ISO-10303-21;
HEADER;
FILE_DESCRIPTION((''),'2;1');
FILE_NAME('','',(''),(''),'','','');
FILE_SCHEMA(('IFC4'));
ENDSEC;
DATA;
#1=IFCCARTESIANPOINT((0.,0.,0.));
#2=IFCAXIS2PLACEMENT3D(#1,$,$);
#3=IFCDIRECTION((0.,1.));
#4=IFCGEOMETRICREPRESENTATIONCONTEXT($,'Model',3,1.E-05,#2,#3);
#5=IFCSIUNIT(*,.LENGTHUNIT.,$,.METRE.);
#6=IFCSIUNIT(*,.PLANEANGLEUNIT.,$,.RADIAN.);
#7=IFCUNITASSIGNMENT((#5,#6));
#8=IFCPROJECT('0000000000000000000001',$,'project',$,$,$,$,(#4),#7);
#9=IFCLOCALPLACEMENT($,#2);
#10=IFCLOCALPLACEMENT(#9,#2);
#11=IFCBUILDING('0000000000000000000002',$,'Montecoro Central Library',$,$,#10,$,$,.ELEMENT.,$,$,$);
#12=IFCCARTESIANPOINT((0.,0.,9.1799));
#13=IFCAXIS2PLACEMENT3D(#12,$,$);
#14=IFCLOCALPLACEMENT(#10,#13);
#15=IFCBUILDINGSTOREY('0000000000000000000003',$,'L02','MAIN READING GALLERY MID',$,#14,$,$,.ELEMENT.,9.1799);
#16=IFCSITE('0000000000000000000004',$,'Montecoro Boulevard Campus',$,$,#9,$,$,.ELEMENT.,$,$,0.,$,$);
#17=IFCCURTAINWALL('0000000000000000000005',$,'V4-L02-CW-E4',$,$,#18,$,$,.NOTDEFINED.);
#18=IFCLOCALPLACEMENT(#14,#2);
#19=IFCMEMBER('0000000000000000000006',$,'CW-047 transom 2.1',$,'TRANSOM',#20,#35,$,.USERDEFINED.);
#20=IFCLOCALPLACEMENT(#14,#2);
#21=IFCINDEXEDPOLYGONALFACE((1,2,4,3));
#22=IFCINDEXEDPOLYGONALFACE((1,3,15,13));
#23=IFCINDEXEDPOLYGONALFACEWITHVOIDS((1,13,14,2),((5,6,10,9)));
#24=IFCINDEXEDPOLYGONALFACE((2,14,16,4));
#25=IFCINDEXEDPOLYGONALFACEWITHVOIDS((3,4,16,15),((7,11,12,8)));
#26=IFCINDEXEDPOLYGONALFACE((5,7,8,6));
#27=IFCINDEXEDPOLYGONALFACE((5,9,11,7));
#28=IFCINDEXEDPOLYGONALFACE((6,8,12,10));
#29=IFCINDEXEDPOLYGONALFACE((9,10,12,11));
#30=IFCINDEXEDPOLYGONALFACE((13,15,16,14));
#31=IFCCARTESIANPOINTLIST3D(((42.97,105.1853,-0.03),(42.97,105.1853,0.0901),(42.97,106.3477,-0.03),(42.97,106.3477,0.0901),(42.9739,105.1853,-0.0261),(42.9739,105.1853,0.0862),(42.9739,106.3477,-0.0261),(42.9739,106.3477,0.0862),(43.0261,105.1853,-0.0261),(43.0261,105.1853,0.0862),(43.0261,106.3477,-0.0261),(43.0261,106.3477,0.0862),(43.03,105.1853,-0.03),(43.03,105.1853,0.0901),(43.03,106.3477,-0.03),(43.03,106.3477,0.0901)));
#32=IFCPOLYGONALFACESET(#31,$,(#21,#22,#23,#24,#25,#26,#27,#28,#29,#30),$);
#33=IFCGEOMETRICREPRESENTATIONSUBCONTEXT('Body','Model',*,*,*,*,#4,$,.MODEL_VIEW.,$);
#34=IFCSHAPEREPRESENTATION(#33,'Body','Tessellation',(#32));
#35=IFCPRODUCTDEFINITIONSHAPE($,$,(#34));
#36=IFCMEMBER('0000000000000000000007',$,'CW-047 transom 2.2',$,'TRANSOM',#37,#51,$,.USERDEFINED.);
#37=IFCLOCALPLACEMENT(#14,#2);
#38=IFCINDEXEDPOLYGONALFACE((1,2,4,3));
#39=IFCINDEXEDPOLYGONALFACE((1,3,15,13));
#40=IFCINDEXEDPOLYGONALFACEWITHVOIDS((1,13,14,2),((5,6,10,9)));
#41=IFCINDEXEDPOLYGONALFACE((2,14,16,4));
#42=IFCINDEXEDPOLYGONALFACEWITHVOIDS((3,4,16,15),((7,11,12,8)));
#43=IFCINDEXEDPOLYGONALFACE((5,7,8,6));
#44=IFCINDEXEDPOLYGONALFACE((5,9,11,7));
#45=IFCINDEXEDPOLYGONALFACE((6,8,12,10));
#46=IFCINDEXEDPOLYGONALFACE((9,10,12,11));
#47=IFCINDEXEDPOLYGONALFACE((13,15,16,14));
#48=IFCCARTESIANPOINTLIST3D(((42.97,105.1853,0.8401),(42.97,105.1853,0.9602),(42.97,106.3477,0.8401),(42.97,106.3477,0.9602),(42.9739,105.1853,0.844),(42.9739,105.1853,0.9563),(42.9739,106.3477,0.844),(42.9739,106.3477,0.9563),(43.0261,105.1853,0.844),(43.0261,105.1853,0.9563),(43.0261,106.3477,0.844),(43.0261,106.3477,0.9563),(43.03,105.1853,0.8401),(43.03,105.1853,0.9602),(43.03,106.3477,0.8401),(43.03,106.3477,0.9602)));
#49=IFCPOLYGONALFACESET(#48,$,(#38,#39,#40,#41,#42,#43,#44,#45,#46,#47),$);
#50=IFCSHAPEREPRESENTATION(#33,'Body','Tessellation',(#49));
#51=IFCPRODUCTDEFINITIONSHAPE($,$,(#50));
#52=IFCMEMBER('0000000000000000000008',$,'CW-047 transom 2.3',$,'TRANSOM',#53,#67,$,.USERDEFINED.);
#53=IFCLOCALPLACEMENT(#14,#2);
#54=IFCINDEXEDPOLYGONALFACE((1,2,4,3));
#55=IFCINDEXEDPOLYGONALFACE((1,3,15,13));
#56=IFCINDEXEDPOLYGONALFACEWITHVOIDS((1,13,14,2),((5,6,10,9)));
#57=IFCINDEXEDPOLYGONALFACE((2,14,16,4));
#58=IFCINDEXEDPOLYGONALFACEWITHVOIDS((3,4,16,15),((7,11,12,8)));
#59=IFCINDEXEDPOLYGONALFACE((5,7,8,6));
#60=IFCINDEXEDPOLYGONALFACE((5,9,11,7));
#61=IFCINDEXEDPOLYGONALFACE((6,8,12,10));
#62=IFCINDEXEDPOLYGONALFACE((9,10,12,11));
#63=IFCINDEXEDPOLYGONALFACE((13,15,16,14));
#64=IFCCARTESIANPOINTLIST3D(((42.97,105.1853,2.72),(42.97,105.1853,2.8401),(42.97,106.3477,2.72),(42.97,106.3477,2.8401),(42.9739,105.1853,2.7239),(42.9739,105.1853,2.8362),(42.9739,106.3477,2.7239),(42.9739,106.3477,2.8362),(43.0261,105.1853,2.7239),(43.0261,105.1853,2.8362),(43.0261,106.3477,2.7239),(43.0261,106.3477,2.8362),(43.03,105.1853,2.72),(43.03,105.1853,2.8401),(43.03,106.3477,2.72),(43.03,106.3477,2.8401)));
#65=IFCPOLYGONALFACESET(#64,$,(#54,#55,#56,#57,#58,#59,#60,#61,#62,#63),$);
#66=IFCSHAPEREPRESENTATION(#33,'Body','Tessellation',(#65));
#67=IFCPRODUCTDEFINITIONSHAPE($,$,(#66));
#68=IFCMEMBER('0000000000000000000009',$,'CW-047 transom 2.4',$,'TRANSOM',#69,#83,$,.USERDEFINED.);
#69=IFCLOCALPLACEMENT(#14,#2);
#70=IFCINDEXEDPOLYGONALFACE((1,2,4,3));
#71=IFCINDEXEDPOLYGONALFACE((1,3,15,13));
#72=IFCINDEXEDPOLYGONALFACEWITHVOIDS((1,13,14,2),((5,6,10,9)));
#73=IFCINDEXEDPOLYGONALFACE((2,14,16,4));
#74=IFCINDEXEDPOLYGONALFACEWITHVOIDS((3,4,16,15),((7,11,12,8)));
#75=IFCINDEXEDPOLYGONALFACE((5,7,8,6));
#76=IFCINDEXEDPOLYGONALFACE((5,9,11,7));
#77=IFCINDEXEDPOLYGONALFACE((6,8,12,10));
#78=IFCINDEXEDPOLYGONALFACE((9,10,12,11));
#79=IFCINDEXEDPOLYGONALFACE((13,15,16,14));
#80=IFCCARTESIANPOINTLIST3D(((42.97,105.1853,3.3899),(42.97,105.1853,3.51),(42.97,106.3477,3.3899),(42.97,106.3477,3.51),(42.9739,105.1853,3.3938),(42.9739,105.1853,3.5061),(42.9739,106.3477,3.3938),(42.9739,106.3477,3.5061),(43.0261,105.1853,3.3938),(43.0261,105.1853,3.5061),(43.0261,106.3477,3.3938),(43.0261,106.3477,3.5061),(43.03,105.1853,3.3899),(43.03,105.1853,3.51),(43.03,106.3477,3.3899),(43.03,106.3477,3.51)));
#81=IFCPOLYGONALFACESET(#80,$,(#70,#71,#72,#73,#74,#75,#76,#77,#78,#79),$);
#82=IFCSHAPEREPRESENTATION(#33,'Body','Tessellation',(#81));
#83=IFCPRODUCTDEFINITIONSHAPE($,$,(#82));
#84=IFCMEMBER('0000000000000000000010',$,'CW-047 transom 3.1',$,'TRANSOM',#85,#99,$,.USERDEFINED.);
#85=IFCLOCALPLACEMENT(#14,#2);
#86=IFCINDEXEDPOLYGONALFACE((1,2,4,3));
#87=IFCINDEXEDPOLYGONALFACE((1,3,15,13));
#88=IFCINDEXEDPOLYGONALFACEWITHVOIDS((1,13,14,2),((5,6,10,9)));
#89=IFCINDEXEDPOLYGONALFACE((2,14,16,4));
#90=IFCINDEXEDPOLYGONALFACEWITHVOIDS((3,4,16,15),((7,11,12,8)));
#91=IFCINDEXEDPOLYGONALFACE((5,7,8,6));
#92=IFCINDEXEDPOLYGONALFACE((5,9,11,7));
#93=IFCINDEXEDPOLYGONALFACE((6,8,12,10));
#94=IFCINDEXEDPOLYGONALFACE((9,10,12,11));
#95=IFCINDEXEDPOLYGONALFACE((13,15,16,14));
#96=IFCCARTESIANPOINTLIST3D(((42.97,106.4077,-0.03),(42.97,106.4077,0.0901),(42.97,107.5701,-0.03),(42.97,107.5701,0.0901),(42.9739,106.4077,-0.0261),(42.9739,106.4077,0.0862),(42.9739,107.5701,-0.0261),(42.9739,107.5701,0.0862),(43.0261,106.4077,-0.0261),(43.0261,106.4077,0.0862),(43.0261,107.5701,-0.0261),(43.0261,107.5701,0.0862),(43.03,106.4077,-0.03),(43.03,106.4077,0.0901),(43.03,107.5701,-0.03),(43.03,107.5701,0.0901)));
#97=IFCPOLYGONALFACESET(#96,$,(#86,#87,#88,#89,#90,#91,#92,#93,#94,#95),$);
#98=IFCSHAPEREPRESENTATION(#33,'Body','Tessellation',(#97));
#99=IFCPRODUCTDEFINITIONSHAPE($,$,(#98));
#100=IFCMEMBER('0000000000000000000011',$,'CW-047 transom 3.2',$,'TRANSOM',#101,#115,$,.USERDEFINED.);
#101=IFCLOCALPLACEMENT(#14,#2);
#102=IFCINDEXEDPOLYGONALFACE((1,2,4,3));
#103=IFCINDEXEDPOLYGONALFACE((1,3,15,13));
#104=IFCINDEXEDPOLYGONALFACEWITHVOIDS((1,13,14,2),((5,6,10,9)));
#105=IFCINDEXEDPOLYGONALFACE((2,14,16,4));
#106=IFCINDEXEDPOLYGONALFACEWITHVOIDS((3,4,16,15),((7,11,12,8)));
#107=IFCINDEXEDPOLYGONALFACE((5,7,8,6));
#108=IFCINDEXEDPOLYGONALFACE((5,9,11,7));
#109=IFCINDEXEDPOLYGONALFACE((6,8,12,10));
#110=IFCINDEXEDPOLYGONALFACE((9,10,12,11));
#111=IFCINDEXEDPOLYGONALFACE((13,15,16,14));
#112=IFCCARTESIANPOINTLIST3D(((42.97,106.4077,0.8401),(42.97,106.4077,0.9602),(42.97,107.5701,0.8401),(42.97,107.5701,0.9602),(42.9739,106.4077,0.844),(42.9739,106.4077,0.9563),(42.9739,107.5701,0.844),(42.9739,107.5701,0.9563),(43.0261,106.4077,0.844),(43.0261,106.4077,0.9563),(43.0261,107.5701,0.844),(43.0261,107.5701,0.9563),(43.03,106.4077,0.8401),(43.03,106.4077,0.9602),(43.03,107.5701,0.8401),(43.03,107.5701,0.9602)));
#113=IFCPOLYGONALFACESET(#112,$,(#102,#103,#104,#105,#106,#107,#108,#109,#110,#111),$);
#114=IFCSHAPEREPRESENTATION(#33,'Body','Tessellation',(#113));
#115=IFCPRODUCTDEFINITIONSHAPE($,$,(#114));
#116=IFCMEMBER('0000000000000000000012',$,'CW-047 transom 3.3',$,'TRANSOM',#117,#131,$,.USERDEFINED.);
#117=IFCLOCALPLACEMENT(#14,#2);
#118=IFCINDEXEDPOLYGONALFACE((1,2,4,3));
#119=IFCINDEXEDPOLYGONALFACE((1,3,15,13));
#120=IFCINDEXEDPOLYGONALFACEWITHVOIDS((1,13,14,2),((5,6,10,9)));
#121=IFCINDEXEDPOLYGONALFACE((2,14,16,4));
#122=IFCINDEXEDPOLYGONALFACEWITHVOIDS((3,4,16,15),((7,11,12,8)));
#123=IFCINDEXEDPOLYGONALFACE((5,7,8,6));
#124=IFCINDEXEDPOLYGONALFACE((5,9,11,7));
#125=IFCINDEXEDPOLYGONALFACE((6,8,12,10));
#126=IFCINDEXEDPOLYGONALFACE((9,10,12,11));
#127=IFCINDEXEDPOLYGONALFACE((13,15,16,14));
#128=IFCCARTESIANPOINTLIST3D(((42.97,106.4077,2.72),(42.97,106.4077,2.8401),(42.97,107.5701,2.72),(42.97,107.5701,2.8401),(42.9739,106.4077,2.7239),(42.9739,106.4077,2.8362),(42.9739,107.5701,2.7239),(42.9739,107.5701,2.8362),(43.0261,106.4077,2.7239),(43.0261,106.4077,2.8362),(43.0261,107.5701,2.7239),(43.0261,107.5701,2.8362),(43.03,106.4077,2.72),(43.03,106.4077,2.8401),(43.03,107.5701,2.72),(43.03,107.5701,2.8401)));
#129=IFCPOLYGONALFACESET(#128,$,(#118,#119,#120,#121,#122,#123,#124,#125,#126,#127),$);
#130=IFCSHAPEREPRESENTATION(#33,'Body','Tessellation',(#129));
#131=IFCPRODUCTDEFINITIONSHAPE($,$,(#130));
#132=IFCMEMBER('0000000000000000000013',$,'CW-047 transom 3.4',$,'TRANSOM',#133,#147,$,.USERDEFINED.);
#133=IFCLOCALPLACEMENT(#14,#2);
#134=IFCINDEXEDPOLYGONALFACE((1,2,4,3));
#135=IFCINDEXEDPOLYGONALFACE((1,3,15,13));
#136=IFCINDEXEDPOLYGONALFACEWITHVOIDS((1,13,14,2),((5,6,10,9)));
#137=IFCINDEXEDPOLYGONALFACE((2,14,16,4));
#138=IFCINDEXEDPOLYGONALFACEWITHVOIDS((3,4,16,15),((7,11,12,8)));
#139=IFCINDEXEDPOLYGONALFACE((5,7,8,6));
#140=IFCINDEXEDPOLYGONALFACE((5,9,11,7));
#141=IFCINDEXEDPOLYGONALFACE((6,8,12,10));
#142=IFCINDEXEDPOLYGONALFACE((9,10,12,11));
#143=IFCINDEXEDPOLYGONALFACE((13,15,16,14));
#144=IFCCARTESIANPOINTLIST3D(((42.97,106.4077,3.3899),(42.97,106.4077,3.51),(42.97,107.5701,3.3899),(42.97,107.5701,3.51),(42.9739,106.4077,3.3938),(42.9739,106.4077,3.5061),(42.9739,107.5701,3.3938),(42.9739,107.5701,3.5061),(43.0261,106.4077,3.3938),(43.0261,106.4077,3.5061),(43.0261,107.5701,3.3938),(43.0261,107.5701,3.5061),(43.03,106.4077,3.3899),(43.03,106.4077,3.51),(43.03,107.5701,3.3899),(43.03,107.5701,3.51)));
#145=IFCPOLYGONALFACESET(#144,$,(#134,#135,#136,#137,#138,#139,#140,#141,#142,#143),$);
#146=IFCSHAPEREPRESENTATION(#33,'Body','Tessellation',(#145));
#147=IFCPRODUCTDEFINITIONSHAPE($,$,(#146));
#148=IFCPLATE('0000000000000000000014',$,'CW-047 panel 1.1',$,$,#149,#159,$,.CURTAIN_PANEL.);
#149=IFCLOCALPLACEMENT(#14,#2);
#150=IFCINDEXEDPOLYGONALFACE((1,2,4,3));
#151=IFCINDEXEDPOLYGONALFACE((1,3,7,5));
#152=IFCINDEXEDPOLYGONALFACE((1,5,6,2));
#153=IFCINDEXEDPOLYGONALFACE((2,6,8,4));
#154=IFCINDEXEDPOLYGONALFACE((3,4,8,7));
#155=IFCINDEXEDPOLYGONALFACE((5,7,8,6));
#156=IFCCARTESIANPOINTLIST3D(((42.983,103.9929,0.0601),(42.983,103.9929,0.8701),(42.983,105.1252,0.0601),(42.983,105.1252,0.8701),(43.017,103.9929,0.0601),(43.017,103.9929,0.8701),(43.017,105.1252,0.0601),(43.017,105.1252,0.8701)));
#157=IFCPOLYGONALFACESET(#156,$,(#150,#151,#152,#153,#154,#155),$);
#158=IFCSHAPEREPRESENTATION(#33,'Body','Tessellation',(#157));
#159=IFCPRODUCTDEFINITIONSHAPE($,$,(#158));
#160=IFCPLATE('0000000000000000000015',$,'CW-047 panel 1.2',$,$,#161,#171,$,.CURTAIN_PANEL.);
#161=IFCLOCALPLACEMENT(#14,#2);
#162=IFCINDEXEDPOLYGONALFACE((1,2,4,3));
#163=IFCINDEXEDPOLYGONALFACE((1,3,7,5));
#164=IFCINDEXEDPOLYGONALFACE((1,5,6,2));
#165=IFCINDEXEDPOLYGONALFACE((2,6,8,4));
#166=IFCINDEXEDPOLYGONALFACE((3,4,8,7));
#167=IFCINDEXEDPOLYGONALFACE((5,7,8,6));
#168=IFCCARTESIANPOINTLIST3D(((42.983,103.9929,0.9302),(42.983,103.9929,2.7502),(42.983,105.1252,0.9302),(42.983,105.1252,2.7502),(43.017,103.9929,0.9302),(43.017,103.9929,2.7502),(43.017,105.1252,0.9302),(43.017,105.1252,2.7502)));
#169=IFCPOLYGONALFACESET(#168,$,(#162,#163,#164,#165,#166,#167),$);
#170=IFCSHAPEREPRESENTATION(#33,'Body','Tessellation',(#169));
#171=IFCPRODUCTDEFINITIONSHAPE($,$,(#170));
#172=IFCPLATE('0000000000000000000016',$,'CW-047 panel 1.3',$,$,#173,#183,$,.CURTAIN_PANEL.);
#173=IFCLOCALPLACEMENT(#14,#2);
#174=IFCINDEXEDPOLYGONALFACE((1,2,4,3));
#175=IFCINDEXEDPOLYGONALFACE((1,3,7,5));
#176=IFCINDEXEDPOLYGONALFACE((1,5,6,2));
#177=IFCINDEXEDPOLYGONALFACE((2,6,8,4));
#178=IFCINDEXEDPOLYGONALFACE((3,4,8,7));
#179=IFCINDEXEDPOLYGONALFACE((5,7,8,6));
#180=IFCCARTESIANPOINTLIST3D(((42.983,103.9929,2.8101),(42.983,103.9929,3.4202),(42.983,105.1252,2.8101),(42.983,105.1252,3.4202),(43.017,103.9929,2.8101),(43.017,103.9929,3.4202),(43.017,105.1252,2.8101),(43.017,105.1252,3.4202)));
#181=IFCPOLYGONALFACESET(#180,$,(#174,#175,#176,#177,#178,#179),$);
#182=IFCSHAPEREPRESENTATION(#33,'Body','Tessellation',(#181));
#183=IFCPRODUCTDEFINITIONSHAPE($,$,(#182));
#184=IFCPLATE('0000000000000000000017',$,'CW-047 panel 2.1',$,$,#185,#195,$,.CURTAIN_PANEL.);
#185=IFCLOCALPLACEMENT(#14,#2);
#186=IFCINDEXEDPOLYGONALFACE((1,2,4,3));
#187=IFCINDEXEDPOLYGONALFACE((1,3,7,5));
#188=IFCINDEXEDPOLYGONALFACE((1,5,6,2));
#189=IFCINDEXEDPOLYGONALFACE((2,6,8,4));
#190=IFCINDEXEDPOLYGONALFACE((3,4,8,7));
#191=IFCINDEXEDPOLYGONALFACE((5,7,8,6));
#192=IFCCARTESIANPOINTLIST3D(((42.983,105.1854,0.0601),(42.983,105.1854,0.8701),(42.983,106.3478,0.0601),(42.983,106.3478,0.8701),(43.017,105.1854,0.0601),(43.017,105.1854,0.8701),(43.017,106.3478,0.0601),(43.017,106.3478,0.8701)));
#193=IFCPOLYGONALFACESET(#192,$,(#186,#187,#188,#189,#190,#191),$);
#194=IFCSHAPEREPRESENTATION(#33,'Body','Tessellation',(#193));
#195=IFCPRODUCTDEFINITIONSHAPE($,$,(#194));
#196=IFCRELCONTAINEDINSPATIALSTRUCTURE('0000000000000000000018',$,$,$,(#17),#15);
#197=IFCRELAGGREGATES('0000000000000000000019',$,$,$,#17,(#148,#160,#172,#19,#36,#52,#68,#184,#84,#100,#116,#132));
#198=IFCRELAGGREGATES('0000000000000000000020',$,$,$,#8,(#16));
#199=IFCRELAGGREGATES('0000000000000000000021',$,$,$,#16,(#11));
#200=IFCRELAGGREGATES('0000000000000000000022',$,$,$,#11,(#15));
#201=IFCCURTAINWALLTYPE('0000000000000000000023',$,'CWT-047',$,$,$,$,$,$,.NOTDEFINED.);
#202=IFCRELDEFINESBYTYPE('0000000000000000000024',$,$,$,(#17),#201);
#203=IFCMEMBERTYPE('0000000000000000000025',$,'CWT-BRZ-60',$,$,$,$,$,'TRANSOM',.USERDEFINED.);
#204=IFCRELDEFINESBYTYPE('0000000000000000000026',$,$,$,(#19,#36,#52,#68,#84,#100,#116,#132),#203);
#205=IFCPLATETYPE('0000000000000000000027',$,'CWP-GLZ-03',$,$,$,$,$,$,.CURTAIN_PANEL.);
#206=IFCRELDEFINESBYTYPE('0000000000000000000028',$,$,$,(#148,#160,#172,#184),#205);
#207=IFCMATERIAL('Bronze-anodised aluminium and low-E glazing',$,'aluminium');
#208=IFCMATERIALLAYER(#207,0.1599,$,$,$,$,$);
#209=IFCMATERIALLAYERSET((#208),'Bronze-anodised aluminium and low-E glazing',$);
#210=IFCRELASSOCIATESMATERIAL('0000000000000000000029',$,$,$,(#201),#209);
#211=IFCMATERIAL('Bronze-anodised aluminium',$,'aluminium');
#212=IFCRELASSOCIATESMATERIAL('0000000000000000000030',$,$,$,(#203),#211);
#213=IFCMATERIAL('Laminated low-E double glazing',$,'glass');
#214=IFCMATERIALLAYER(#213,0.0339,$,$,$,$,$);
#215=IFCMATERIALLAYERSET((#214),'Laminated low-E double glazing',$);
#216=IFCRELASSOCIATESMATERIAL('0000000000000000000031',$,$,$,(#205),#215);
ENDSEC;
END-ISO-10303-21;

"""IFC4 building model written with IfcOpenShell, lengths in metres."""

from ifc_helpers import new_model, si_unit, direction, frame, origin, origin_2d, place, context, subcontext, project, spatial, rectangle, hollow_rectangle, extrude, material, layer, layer_set, material_profile, profile_set, type_object, element, aggregate, save


model = new_model("IFC4")

# Units and contexts
model_context = context("Model", 3, precision=1e-05, world=origin(), true_north=direction((0.0, 1.0)))
body_context = subcontext(model_context, "Body", "Model", "MODEL_VIEW")
ifc_project = project(units=[si_unit("LENGTHUNIT", "METRE"), si_unit("PLANEANGLEUNIT", "RADIAN")], contexts=[model_context])

# Site, building, storey
site_placement = place(None, origin())
site = spatial("IfcSite", under=ifc_project, at=site_placement, Name="Montecoro Boulevard Campus", CompositionType="ELEMENT", RefElevation=0.0)
building_placement = place(site_placement, origin())
building = spatial("IfcBuilding", under=site, at=building_placement, Name="Montecoro Central Library", CompositionType="ELEMENT")
storey_placement = place(building_placement, frame((0.0, 0.0, 9.1799)))
storey = spatial("IfcBuildingStorey", under=building, at=storey_placement, Name="L02", Description="MAIN READING GALLERY MID", CompositionType="ELEMENT", Elevation=9.1799)

# Curtain wall, members, plates
ifc_material_1 = material(Name="Bronze-anodised aluminium and low-E glazing", Category="aluminium")
ifc_layer_1 = layer(ifc_material_1, 0.1599)
ifc_layer_set_1 = layer_set([ifc_layer_1], Name="Bronze-anodised aluminium and low-E glazing")
curtain_wall_type = type_object("IfcCurtainWallType", Name="CWT-047", PredefinedType="NOTDEFINED", material=ifc_layer_set_1)
curtain_wall_placement = place(storey_placement, origin())
curtain_wall = element("IfcCurtainWall", 1, at=curtain_wall_placement, inside=storey, type_object=curtain_wall_type, Name="V4-L02-CW-E4", PredefinedType="NOTDEFINED")
ifc_material_2 = material(Name="Bronze-anodised aluminium", Category="aluminium")
ifc_material_profile_1 = material_profile(ifc_material_2, hollow_rectangle(XDim=0.0601, YDim=0.1201, WallThickness=0.0039, at=origin_2d()), Name="CWT 120x60x4.0")
ifc_profile_set_1 = profile_set([ifc_material_profile_1], Name="Bronze-anodised aluminium")
member_type_1 = type_object("IfcMemberType", Name="CWT-BRZ-60", ElementType="TRANSOM", PredefinedType="USERDEFINED", material=ifc_profile_set_1)
member_1_placement = place(storey_placement, frame((43.0, 105.1853, 0.03), z_axis=(0.0, 1.0, 0.0), x_axis=(-1.0, 0.0, 0.0)))
member_1 = element("IfcMember", 2, at=member_1_placement, type_object=member_type_1, Name="CW-047 transom 2.1", ObjectType="TRANSOM", PredefinedType="USERDEFINED", context=body_context, shape_type="SweptSolid", body=[
    extrude(hollow_rectangle(XDim=0.0601, YDim=0.1201, WallThickness=0.0039, at=origin_2d()), origin(), (0.0, 0.0, 1.0), 1.1624),
])
member_2_placement = place(storey_placement, frame((43.0, 105.1853, 0.9001), z_axis=(0.0, 1.0, 0.0), x_axis=(-1.0, 0.0, 0.0)))
member_2 = element("IfcMember", 3, at=member_2_placement, type_object=member_type_1, Name="CW-047 transom 2.2", ObjectType="TRANSOM", PredefinedType="USERDEFINED", context=body_context, shape_type="SweptSolid", body=[
    extrude(hollow_rectangle(XDim=0.0601, YDim=0.1201, WallThickness=0.0039, at=origin_2d()), origin(), (0.0, 0.0, 1.0), 1.1624),
])
member_3_placement = place(storey_placement, frame((43.0, 105.1853, 2.78), z_axis=(0.0, 1.0, 0.0), x_axis=(-1.0, 0.0, 0.0)))
member_3 = element("IfcMember", 4, at=member_3_placement, type_object=member_type_1, Name="CW-047 transom 2.3", ObjectType="TRANSOM", PredefinedType="USERDEFINED", context=body_context, shape_type="SweptSolid", body=[
    extrude(hollow_rectangle(XDim=0.0601, YDim=0.1201, WallThickness=0.0039, at=origin_2d()), origin(), (0.0, 0.0, 1.0), 1.1624),
])
member_4_placement = place(storey_placement, frame((43.0, 105.1853, 3.45), z_axis=(0.0, 1.0, 0.0), x_axis=(-1.0, 0.0, 0.0)))
member_4 = element("IfcMember", 5, at=member_4_placement, type_object=member_type_1, Name="CW-047 transom 2.4", ObjectType="TRANSOM", PredefinedType="USERDEFINED", context=body_context, shape_type="SweptSolid", body=[
    extrude(hollow_rectangle(XDim=0.0601, YDim=0.1201, WallThickness=0.0039, at=origin_2d()), origin(), (0.0, 0.0, 1.0), 1.1624),
])
member_5_placement = place(storey_placement, frame((43.0, 106.4077, 0.03), z_axis=(0.0, 1.0, 0.0), x_axis=(-1.0, 0.0, 0.0)))
member_5 = element("IfcMember", 6, at=member_5_placement, type_object=member_type_1, Name="CW-047 transom 3.1", ObjectType="TRANSOM", PredefinedType="USERDEFINED", context=body_context, shape_type="SweptSolid", body=[
    extrude(hollow_rectangle(XDim=0.0601, YDim=0.1201, WallThickness=0.0039, at=origin_2d()), origin(), (0.0, 0.0, 1.0), 1.1624),
])
member_6_placement = place(storey_placement, frame((43.0, 106.4077, 0.9001), z_axis=(0.0, 1.0, 0.0), x_axis=(-1.0, 0.0, 0.0)))
member_6 = element("IfcMember", 7, at=member_6_placement, type_object=member_type_1, Name="CW-047 transom 3.2", ObjectType="TRANSOM", PredefinedType="USERDEFINED", context=body_context, shape_type="SweptSolid", body=[
    extrude(hollow_rectangle(XDim=0.0601, YDim=0.1201, WallThickness=0.0039, at=origin_2d()), origin(), (0.0, 0.0, 1.0), 1.1624),
])
member_7_placement = place(storey_placement, frame((43.0, 106.4077, 2.78), z_axis=(0.0, 1.0, 0.0), x_axis=(-1.0, 0.0, 0.0)))
member_7 = element("IfcMember", 8, at=member_7_placement, type_object=member_type_1, Name="CW-047 transom 3.3", ObjectType="TRANSOM", PredefinedType="USERDEFINED", context=body_context, shape_type="SweptSolid", body=[
    extrude(hollow_rectangle(XDim=0.0601, YDim=0.1201, WallThickness=0.0039, at=origin_2d()), origin(), (0.0, 0.0, 1.0), 1.1624),
])
member_8_placement = place(storey_placement, frame((43.0, 106.4077, 3.45), z_axis=(0.0, 1.0, 0.0), x_axis=(-1.0, 0.0, 0.0)))
member_8 = element("IfcMember", 9, at=member_8_placement, type_object=member_type_1, Name="CW-047 transom 3.4", ObjectType="TRANSOM", PredefinedType="USERDEFINED", context=body_context, shape_type="SweptSolid", body=[
    extrude(hollow_rectangle(XDim=0.0601, YDim=0.1201, WallThickness=0.0039, at=origin_2d()), origin(), (0.0, 0.0, 1.0), 1.1624),
])
ifc_material_3 = material(Name="Laminated low-E double glazing", Category="glass")
ifc_layer_2 = layer(ifc_material_3, 0.0339)
ifc_layer_set_2 = layer_set([ifc_layer_2], Name="Laminated low-E double glazing")
plate_type = type_object("IfcPlateType", Name="CWP-GLZ-03", PredefinedType="CURTAIN_PANEL", material=ifc_layer_set_2)
plate_1_placement = place(storey_placement, frame((43.0, 104.5591, 0.0601), z_axis=(0.0, 0.0, 1.0), x_axis=(0.0, 1.0, 0.0)))
plate_1 = element("IfcPlate", 10, at=plate_1_placement, type_object=plate_type, Name="CW-047 panel 1.1", PredefinedType="CURTAIN_PANEL", context=body_context, shape_type="SweptSolid", body=[
    extrude(rectangle(XDim=1.1323, YDim=0.0339, at=origin_2d()), origin(), (0.0, 0.0, 1.0), 0.8101),
])
plate_2_placement = place(storey_placement, frame((43.0, 104.5591, 0.9302), z_axis=(0.0, 0.0, 1.0), x_axis=(0.0, 1.0, 0.0)))
plate_2 = element("IfcPlate", 11, at=plate_2_placement, type_object=plate_type, Name="CW-047 panel 1.2", PredefinedType="CURTAIN_PANEL", context=body_context, shape_type="SweptSolid", body=[
    extrude(rectangle(XDim=1.1323, YDim=0.0339, at=origin_2d()), origin(), (0.0, 0.0, 1.0), 1.8201),
])
plate_3_placement = place(storey_placement, frame((43.0, 104.5591, 2.8101), z_axis=(0.0, 0.0, 1.0), x_axis=(0.0, 1.0, 0.0)))
plate_3 = element("IfcPlate", 12, at=plate_3_placement, type_object=plate_type, Name="CW-047 panel 1.3", PredefinedType="CURTAIN_PANEL", context=body_context, shape_type="SweptSolid", body=[
    extrude(rectangle(XDim=1.1323, YDim=0.0339, at=origin_2d()), origin(), (0.0, 0.0, 1.0), 0.6101),
])
plate_4_placement = place(storey_placement, frame((43.0, 105.7666, 0.0601), z_axis=(0.0, 0.0, 1.0), x_axis=(0.0, 1.0, 0.0)))
plate_4 = element("IfcPlate", 13, at=plate_4_placement, type_object=plate_type, Name="CW-047 panel 2.1", PredefinedType="CURTAIN_PANEL", context=body_context, shape_type="SweptSolid", body=[
    extrude(rectangle(XDim=1.1624, YDim=0.0339, at=origin_2d()), origin(), (0.0, 0.0, 1.0), 0.8101),
])
aggregate(curtain_wall, [plate_1, plate_2, plate_3, member_1, member_2, member_3, member_4, plate_4, member_5, member_6, member_7, member_8])

save(model, "model.ifc")
